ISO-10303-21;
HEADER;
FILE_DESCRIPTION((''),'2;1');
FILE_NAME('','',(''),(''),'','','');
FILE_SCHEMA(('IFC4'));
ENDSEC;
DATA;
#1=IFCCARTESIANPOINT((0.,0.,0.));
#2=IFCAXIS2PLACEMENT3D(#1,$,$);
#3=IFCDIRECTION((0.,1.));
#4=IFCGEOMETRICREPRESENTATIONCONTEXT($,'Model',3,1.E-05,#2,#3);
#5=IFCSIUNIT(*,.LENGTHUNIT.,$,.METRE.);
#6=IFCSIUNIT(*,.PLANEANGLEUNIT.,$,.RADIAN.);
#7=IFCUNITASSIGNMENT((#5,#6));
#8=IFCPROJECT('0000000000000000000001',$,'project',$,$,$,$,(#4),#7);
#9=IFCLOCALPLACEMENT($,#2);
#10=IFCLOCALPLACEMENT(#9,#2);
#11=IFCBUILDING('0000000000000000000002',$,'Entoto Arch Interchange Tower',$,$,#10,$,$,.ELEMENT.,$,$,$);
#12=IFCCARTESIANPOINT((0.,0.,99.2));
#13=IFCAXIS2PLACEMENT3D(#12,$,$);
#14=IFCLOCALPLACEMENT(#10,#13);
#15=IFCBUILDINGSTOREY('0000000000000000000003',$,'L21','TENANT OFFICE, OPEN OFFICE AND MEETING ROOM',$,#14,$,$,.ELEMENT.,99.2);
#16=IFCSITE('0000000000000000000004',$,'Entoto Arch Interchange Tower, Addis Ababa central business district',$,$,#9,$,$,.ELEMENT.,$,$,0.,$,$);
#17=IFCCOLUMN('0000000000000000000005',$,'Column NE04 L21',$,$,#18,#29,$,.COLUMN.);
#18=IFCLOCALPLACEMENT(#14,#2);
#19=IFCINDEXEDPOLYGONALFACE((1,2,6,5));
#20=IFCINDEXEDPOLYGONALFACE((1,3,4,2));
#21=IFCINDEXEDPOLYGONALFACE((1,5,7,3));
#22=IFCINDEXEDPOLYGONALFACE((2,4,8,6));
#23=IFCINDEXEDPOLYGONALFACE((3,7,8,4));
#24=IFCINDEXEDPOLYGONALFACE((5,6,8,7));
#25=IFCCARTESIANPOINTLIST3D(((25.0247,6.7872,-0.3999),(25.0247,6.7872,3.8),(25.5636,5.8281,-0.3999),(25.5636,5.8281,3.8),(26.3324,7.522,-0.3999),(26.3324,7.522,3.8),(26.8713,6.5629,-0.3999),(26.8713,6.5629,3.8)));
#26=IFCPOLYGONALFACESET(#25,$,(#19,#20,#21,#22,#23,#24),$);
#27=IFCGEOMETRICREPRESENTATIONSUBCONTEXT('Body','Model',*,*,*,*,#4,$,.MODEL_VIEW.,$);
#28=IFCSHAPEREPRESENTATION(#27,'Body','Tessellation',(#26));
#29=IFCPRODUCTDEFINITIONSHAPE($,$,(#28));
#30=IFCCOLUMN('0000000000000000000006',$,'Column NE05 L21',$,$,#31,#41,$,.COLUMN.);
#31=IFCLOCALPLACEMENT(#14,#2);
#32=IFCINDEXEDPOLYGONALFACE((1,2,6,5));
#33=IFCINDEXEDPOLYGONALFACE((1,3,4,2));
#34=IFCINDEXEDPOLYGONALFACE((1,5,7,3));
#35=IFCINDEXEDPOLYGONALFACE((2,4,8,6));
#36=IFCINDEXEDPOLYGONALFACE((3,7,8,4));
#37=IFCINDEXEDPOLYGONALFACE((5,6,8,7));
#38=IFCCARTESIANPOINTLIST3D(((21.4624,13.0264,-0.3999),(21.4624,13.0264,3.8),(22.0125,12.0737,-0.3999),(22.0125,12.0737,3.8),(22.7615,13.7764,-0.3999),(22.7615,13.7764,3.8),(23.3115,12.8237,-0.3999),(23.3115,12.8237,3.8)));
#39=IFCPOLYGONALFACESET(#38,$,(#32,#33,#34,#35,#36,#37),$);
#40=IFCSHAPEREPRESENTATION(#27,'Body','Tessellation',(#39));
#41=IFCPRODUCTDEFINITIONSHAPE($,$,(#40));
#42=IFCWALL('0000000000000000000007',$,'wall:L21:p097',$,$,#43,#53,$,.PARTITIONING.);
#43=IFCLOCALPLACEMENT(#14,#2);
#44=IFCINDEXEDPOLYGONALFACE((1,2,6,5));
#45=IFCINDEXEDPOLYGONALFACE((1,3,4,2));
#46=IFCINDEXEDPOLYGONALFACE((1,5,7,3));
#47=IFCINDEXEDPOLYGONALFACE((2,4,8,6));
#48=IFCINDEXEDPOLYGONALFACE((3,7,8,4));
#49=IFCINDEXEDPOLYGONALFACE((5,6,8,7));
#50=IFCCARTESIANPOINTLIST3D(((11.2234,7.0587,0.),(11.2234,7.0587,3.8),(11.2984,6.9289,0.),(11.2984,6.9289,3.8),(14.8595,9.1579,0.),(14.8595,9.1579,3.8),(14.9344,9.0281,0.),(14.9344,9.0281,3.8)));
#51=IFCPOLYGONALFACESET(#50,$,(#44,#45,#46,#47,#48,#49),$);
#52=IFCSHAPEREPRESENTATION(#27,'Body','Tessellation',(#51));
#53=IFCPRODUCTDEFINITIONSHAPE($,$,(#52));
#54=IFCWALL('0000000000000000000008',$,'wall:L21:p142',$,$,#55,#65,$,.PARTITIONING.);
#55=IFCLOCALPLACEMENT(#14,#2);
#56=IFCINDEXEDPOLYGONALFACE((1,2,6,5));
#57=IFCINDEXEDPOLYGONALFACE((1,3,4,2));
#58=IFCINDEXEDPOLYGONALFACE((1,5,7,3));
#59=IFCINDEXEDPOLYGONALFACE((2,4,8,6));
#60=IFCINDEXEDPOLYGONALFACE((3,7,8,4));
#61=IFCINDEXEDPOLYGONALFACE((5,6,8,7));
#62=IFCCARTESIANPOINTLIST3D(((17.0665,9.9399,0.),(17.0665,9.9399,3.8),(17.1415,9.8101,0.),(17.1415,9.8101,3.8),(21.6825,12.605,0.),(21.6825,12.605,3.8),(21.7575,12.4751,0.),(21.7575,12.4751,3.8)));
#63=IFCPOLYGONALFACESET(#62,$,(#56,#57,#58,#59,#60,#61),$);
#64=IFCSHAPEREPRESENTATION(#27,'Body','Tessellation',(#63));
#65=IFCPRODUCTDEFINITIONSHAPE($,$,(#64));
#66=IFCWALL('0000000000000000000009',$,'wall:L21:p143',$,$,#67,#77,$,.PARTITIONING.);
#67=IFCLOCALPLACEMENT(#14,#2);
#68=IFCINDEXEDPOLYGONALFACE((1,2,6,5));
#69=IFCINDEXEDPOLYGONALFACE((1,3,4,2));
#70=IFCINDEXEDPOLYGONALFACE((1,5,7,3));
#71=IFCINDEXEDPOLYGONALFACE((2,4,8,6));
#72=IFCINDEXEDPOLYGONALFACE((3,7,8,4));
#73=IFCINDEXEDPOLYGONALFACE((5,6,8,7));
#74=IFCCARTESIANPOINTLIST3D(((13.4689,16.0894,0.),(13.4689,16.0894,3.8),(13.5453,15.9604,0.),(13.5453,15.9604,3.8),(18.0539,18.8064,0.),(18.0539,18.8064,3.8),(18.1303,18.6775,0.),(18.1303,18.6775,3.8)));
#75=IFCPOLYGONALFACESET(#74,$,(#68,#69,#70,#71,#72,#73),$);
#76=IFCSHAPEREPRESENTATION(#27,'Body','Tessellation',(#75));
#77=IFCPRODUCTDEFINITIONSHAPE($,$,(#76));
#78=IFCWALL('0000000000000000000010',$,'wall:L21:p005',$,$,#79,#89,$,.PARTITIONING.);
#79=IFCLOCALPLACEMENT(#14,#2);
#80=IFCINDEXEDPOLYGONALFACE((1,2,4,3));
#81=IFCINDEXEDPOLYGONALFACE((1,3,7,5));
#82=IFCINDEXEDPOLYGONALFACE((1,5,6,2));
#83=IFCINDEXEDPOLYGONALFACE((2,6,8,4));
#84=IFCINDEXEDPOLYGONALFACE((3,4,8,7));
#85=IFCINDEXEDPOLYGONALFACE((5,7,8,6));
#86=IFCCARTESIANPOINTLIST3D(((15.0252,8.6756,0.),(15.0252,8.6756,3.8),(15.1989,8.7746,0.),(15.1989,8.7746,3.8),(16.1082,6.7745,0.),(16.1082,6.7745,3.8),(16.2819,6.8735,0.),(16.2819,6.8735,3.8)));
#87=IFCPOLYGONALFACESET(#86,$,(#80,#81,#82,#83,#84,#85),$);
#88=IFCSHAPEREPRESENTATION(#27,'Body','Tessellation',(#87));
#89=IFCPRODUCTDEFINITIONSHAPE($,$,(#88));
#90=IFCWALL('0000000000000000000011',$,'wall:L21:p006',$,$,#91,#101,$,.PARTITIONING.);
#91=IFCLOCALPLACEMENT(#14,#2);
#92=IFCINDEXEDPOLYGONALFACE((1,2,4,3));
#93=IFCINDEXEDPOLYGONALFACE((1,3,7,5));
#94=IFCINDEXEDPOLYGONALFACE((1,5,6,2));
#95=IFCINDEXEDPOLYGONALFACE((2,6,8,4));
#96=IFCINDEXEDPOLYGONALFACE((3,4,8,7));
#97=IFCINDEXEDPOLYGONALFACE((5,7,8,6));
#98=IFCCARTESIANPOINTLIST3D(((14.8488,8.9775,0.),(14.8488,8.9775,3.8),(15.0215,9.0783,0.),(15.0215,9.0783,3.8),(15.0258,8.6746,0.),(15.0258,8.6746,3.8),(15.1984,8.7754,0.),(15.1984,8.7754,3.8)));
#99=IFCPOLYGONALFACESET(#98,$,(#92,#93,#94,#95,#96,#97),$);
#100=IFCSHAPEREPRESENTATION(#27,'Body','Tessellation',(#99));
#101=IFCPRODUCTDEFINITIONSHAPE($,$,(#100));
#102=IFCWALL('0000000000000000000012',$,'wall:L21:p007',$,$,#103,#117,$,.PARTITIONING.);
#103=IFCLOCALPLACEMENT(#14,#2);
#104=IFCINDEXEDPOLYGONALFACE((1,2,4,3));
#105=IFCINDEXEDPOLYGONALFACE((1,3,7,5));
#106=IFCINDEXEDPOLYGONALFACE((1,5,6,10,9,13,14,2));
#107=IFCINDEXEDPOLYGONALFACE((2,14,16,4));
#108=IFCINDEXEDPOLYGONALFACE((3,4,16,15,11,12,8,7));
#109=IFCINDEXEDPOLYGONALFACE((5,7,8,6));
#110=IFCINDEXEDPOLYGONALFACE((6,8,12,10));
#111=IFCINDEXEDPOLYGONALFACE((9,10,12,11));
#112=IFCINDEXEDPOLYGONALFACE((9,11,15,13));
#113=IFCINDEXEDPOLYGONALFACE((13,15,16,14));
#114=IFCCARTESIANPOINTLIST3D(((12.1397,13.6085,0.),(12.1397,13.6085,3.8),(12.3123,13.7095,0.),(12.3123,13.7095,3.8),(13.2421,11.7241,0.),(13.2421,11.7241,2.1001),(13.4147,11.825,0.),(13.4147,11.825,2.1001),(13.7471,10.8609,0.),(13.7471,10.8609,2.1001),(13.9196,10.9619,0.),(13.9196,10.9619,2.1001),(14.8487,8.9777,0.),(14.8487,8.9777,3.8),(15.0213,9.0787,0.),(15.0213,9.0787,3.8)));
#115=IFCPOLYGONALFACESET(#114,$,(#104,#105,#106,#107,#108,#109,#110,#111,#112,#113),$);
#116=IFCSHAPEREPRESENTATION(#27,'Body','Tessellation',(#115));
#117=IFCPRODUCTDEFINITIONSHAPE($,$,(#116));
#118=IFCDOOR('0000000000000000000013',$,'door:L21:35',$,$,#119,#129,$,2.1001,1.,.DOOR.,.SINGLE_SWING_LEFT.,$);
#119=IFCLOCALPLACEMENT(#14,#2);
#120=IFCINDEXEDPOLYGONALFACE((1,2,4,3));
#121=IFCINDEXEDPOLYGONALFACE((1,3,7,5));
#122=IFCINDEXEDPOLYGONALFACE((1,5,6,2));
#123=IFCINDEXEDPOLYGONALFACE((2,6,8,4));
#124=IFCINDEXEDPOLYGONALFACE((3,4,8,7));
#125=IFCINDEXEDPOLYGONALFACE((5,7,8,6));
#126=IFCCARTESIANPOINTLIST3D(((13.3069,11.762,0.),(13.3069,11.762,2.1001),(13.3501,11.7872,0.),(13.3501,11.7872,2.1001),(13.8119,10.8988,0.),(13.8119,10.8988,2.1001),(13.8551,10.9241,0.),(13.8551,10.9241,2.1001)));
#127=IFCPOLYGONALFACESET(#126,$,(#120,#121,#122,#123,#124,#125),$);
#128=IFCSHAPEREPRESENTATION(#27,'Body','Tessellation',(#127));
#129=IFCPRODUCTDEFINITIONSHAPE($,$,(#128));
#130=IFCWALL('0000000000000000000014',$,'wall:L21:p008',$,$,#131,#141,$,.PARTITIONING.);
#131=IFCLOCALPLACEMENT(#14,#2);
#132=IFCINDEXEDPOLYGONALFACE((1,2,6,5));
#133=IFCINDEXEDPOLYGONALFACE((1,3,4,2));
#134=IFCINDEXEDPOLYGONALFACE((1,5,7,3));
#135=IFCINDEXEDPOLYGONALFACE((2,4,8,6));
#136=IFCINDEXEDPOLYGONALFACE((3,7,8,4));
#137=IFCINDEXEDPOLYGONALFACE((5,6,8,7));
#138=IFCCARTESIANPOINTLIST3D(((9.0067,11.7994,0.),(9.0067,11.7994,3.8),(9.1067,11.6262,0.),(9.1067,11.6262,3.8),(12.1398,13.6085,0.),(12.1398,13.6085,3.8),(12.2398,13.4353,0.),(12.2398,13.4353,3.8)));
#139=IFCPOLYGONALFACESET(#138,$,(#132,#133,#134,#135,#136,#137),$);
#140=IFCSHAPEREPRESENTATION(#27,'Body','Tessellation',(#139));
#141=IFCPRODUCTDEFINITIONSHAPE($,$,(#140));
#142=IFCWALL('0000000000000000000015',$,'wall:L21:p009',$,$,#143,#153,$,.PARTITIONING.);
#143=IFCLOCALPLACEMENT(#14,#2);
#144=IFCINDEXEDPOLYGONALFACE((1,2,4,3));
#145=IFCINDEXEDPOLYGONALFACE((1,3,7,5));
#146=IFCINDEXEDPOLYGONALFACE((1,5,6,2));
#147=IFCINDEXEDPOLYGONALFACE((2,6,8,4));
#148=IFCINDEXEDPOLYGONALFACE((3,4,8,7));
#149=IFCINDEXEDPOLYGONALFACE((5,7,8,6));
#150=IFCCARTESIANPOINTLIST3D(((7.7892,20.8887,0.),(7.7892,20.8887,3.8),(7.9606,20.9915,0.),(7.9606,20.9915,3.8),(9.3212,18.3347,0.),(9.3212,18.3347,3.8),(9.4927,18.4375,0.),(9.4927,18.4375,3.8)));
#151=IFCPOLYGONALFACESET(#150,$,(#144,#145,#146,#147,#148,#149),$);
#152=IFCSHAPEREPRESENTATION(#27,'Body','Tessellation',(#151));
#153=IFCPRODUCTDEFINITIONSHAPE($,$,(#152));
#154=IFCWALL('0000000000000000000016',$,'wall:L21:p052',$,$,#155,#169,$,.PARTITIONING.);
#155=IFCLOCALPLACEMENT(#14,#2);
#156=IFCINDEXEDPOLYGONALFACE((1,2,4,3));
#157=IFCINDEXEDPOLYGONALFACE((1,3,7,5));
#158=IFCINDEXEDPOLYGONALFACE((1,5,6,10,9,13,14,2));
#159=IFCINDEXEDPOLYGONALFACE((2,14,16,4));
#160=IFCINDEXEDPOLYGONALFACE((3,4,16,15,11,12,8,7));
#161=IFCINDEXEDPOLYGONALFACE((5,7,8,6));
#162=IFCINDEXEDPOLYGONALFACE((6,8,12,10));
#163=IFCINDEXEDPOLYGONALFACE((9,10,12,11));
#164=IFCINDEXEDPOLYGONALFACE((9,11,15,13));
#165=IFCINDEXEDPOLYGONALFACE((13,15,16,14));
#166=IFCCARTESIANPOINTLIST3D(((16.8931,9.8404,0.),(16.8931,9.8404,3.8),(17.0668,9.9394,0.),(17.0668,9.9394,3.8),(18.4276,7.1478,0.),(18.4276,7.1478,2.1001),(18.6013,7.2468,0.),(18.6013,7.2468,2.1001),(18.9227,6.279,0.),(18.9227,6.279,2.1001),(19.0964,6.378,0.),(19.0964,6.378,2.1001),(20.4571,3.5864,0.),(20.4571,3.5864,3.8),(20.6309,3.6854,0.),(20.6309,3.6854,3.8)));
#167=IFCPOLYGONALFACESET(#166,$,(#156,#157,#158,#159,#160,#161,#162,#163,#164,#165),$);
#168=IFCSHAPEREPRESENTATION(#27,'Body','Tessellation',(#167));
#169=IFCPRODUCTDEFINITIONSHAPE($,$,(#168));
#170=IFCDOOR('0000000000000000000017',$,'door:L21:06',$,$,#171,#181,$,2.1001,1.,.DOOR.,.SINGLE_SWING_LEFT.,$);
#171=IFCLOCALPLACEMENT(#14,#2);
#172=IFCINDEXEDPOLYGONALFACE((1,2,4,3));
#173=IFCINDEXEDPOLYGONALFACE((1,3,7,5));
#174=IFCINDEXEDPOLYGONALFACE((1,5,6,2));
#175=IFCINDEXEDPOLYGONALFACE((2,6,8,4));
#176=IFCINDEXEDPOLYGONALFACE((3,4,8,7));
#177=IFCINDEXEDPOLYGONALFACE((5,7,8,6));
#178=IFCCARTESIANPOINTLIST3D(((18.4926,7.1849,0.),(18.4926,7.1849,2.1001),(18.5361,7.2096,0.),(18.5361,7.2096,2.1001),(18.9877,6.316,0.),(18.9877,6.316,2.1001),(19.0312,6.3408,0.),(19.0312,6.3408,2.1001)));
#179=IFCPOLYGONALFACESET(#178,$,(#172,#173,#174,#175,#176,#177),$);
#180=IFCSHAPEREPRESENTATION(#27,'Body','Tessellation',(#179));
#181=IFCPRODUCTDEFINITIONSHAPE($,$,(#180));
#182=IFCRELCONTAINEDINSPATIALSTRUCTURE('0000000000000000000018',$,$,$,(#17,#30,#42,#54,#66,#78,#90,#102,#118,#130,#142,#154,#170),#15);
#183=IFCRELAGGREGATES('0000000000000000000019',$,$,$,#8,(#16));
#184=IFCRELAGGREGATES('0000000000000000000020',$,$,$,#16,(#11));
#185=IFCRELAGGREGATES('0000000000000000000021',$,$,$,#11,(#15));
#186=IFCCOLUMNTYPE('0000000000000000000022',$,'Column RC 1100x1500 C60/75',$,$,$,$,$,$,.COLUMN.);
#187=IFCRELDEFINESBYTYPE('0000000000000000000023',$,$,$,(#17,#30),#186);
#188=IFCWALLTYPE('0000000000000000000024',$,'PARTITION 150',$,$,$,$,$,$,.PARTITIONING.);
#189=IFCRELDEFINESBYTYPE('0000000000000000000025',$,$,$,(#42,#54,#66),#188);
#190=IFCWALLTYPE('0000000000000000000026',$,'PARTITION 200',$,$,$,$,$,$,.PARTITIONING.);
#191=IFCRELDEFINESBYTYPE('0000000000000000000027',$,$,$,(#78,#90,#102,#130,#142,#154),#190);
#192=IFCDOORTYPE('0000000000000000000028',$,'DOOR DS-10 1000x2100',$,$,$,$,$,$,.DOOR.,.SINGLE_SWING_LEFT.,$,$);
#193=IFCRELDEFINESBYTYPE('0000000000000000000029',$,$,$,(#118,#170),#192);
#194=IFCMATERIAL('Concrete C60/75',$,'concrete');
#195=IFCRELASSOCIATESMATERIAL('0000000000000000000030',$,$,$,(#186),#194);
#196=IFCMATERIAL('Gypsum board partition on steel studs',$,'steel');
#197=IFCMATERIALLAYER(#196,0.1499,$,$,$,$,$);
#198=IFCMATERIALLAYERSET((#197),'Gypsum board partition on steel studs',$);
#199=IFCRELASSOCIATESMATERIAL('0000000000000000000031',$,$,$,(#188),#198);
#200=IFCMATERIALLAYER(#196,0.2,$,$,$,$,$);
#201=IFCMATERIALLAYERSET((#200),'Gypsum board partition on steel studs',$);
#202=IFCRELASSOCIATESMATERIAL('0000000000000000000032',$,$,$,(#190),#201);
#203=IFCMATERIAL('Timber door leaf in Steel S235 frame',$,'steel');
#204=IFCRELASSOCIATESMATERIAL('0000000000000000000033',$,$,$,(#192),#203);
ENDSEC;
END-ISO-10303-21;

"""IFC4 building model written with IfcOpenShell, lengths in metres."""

from ifc_helpers import new_model, si_unit, direction, frame, frame_2d, origin, origin_2d, place, context, subcontext, project, spatial, rectangle, extrude, material, layer, layer_set, material_profile, profile_set, type_object, element, fill, save


model = new_model("IFC4")

# Units and contexts
model_context = context("Model", 3, precision=1e-05, world=origin(), true_north=direction((0.0, 1.0)))
body_context = subcontext(model_context, "Body", "Model", "MODEL_VIEW")
ifc_project = project(units=[si_unit("LENGTHUNIT", "METRE"), si_unit("PLANEANGLEUNIT", "RADIAN")], contexts=[model_context])

# Site, building, storey
site_placement = place(None, origin())
site = spatial("IfcSite", under=ifc_project, at=site_placement, Name="Entoto Arch Interchange Tower, Addis Ababa central business district", CompositionType="ELEMENT", RefElevation=0.0)
building_placement = place(site_placement, origin())
building = spatial("IfcBuilding", under=site, at=building_placement, Name="Entoto Arch Interchange Tower", CompositionType="ELEMENT")
storey_placement = place(building_placement, frame((0.0, 0.0, 99.2)))
storey = spatial("IfcBuildingStorey", under=building, at=storey_placement, Name="L21", Description="TENANT OFFICE, OPEN OFFICE AND MEETING ROOM", CompositionType="ELEMENT", Elevation=99.2)

# Columns
ifc_material_1 = material(Name="Concrete C60/75", Category="concrete")
ifc_material_profile = material_profile(ifc_material_1, rectangle(XDim=1.1001, YDim=1.5, at=origin_2d()))
ifc_profile_set = profile_set([ifc_material_profile], Name="Concrete C60/75")
column_type = type_object("IfcColumnType", Name="Column RC 1100x1500 C60/75", PredefinedType="COLUMN", material=ifc_profile_set)
for number, where, z_axis, x_axis, name in (
    (1, (25.948, 6.675, -0.3999), (0.0, 0.0, 1.0), (-0.489839, 0.871813, 0.0), "Column NE04 L21"),
    (2, (22.387, 12.925, -0.3999), (0.0, 0.0, 1.0), (-0.5, 0.866025, 0.0), "Column NE05 L21"),
):
    element("IfcColumn", number, at=place(storey_placement, frame(where, z_axis=z_axis, x_axis=x_axis)), inside=storey, type_object=column_type, Name=name, PredefinedType="COLUMN", context=body_context, shape_type="SweptSolid", body=[
        extrude(rectangle(XDim=1.1001, YDim=1.5, at=origin_2d()), origin(), (0.0, 0.0, 1.0), 4.2),
    ])

# Walls
ifc_material_2 = material(Name="Gypsum board partition on steel studs", Category="steel")
ifc_layer_1 = layer(ifc_material_2, 0.1499)
ifc_layer_set_1 = layer_set([ifc_layer_1], Name="Gypsum board partition on steel studs")
wall_type_1 = type_object("IfcWallType", Name="PARTITION 150", PredefinedType="PARTITIONING", material=ifc_layer_set_1)
wall_1_placement = place(storey_placement, frame((11.261, 6.9939, 0.0), z_axis=(0.0, 0.0, 1.0), x_axis=(0.866037, 0.499979, 0.0)))
element("IfcWall", 3, at=wall_1_placement, inside=storey, type_object=wall_type_1, Name="wall:L21:p097", PredefinedType="PARTITIONING", context=body_context, shape_type="SweptSolid", body=[
    extrude(rectangle(XDim=4.1985, YDim=0.1499, at=frame_2d((2.0991, 0.0))), origin(), (0.0, 0.0, 1.0), 3.8),
])
wall_2_placement = place(storey_placement, frame((17.104, 9.875, 0.0), z_axis=(0.0, 0.0, 1.0), x_axis=(0.866025, 0.500001, 0.0)))
element("IfcWall", 4, at=wall_2_placement, inside=storey, type_object=wall_type_1, Name="wall:L21:p142", PredefinedType="PARTITIONING", context=body_context, shape_type="SweptSolid", body=[
    extrude(rectangle(XDim=5.3301, YDim=0.1499, at=frame_2d((2.665, 0.0))), origin(), (0.0, 0.0, 1.0), 3.8),
])
wall_3_placement = place(storey_placement, frame((13.5071, 16.0249, 0.0), z_axis=(0.0, 0.0, 1.0), x_axis=(0.860289, 0.509806, 0.0)))
element("IfcWall", 5, at=wall_3_placement, inside=storey, type_object=wall_type_1, Name="wall:L21:p143", PredefinedType="PARTITIONING", context=body_context, shape_type="SweptSolid", body=[
    extrude(rectangle(XDim=5.3296, YDim=0.1499, at=frame_2d((2.6648, 0.0))), origin(), (0.0, 0.0, 1.0), 3.8),
])
ifc_layer_2 = layer(ifc_material_2, 0.2)
ifc_layer_set_2 = layer_set([ifc_layer_2], Name="Gypsum board partition on steel studs")
wall_type_2 = type_object("IfcWallType", Name="PARTITION 200", PredefinedType="PARTITIONING", material=ifc_layer_set_2)
wall_4_placement = place(storey_placement, frame((16.1951, 6.824, 0.0), z_axis=(0.0, 0.0, 1.0), x_axis=(-0.494985, 0.868902, 0.0)))
element("IfcWall", 6, at=wall_4_placement, inside=storey, type_object=wall_type_2, Name="wall:L21:p005", PredefinedType="PARTITIONING", context=body_context, shape_type="SweptSolid", body=[
    extrude(rectangle(XDim=2.188, YDim=0.2, at=frame_2d((1.094, 0.0))), origin(), (0.0, 0.0, 1.0), 3.8),
])
wall_5_placement = place(storey_placement, frame((15.1121, 8.7251, 0.0), z_axis=(0.0, 0.0, 1.0), x_axis=(-0.504433, 0.863451, 0.0)))
element("IfcWall", 7, at=wall_5_placement, inside=storey, type_object=wall_type_2, Name="wall:L21:p006", PredefinedType="PARTITIONING", context=body_context, shape_type="SweptSolid", body=[
    extrude(rectangle(XDim=0.3508, YDim=0.2, at=frame_2d((0.1753, 0.0))), origin(), (0.0, 0.0, 1.0), 3.8),
])

# Wall, opening, door
wall_6_placement = place(storey_placement, frame((14.9351, 9.0281, 0.0), z_axis=(0.0, 0.0, 1.0), x_axis=(-0.504934, 0.863158, 0.0)))
wall_6 = element("IfcWall", 8, at=wall_6_placement, inside=storey, type_object=wall_type_2, Name="wall:L21:p007", PredefinedType="PARTITIONING", context=body_context, shape_type="SweptSolid", body=[
    extrude(rectangle(XDim=5.365, YDim=0.2, at=frame_2d((2.6826, 0.0))), origin(), (0.0, 0.0, 1.0), 3.8),
])
opening_1_placement = place(wall_6_placement, frame((2.1819, 0.0, 0.0)))
opening_1 = element("IfcOpeningElement", 9, at=opening_1_placement, cuts=wall_6, PredefinedType="OPENING", context=body_context, shape_type="SweptSolid", body=[
    extrude(rectangle(XDim=1.0, YDim=2.1001, at=frame_2d((0.5, 1.05))), frame((0.0, 0.1099, 0.0), z_axis=(0.0, -1.0, 0.0), x_axis=(1.0, 0.0, 0.0)), (0.0, 0.0, 1.0), 0.22),
])
ifc_material_3 = material(Name="Timber door leaf in Steel S235 frame", Category="steel")
door_type = type_object("IfcDoorType", Name="DOOR DS-10 1000x2100", OperationType="SINGLE_SWING_LEFT", PredefinedType="DOOR", material=ifc_material_3)
door_1_placement = place(opening_1_placement, origin())
door_1 = element("IfcDoor", 10, at=door_1_placement, inside=storey, type_object=door_type, Name="door:L21:35", OperationType="SINGLE_SWING_LEFT", OverallHeight=2.1001, OverallWidth=1.0, PredefinedType="DOOR", context=body_context, shape_type="SweptSolid", body=[
    extrude(rectangle(XDim=1.0, YDim=2.1001, at=frame_2d((0.5, 1.05))), frame((0.0, 0.0249, 0.0), z_axis=(0.0, -1.0, 0.0), x_axis=(1.0, 0.0, 0.0)), (0.0, 0.0, 1.0), 0.05),
])
fill(opening_1, door_1)

# Walls
wall_7_placement = place(storey_placement, frame((12.1899, 13.522, 0.0), z_axis=(0.0, 0.0, 1.0), x_axis=(-0.866, -0.500044, 0.0)))
element("IfcWall", 11, at=wall_7_placement, inside=storey, type_object=wall_type_2, Name="wall:L21:p008", PredefinedType="PARTITIONING", context=body_context, shape_type="SweptSolid", body=[
    extrude(rectangle(XDim=3.6179, YDim=0.2, at=frame_2d((1.8091, 0.0))), origin(), (0.0, 0.0, 1.0), 3.8),
])
wall_8_placement = place(storey_placement, frame((9.407, 18.386, 0.0), z_axis=(0.0, 0.0, 1.0), x_axis=(-0.514399, 0.857551, 0.0)))
element("IfcWall", 12, at=wall_8_placement, inside=storey, type_object=wall_type_2, Name="wall:L21:p009", PredefinedType="PARTITIONING", context=body_context, shape_type="SweptSolid", body=[
    extrude(rectangle(XDim=2.9783, YDim=0.2, at=frame_2d((1.4893, 0.0))), origin(), (0.0, 0.0, 1.0), 3.8),
])

# Wall, opening, door
wall_9_placement = place(storey_placement, frame((16.98, 9.8899, 0.0), z_axis=(0.0, 0.0, 1.0), x_axis=(0.495123, -0.868823, 0.0)))
wall_9 = element("IfcWall", 13, at=wall_9_placement, inside=storey, type_object=wall_type_2, Name="wall:L21:p052", PredefinedType="PARTITIONING", context=body_context, shape_type="SweptSolid", body=[
    extrude(rectangle(XDim=7.1982, YDim=0.2, at=frame_2d((3.5991, 0.0))), origin(), (0.0, 0.0, 1.0), 3.8),
])
opening_2_placement = place(wall_9_placement, frame((3.0991, 0.0, 0.0)))
opening_2 = element("IfcOpeningElement", 14, at=opening_2_placement, cuts=wall_9, PredefinedType="OPENING", context=body_context, shape_type="SweptSolid", body=[
    extrude(rectangle(XDim=1.0, YDim=2.1001, at=frame_2d((0.5, 1.05))), frame((0.0, 0.1099, 0.0), z_axis=(0.0, -1.0, 0.0), x_axis=(1.0, 0.0, 0.0)), (0.0, 0.0, 1.0), 0.22),
])
door_2_placement = place(opening_2_placement, origin())
door_2 = element("IfcDoor", 15, at=door_2_placement, inside=storey, type_object=door_type, Name="door:L21:06", OperationType="SINGLE_SWING_LEFT", OverallHeight=2.1001, OverallWidth=1.0, PredefinedType="DOOR", context=body_context, shape_type="SweptSolid", body=[
    extrude(rectangle(XDim=1.0, YDim=2.1001, at=frame_2d((0.5, 1.05))), frame((0.0, 0.0249, 0.0), z_axis=(0.0, -1.0, 0.0), x_axis=(1.0, 0.0, 0.0)), (0.0, 0.0, 1.0), 0.05),
])
fill(opening_2, door_2)

save(model, "model.ifc")
